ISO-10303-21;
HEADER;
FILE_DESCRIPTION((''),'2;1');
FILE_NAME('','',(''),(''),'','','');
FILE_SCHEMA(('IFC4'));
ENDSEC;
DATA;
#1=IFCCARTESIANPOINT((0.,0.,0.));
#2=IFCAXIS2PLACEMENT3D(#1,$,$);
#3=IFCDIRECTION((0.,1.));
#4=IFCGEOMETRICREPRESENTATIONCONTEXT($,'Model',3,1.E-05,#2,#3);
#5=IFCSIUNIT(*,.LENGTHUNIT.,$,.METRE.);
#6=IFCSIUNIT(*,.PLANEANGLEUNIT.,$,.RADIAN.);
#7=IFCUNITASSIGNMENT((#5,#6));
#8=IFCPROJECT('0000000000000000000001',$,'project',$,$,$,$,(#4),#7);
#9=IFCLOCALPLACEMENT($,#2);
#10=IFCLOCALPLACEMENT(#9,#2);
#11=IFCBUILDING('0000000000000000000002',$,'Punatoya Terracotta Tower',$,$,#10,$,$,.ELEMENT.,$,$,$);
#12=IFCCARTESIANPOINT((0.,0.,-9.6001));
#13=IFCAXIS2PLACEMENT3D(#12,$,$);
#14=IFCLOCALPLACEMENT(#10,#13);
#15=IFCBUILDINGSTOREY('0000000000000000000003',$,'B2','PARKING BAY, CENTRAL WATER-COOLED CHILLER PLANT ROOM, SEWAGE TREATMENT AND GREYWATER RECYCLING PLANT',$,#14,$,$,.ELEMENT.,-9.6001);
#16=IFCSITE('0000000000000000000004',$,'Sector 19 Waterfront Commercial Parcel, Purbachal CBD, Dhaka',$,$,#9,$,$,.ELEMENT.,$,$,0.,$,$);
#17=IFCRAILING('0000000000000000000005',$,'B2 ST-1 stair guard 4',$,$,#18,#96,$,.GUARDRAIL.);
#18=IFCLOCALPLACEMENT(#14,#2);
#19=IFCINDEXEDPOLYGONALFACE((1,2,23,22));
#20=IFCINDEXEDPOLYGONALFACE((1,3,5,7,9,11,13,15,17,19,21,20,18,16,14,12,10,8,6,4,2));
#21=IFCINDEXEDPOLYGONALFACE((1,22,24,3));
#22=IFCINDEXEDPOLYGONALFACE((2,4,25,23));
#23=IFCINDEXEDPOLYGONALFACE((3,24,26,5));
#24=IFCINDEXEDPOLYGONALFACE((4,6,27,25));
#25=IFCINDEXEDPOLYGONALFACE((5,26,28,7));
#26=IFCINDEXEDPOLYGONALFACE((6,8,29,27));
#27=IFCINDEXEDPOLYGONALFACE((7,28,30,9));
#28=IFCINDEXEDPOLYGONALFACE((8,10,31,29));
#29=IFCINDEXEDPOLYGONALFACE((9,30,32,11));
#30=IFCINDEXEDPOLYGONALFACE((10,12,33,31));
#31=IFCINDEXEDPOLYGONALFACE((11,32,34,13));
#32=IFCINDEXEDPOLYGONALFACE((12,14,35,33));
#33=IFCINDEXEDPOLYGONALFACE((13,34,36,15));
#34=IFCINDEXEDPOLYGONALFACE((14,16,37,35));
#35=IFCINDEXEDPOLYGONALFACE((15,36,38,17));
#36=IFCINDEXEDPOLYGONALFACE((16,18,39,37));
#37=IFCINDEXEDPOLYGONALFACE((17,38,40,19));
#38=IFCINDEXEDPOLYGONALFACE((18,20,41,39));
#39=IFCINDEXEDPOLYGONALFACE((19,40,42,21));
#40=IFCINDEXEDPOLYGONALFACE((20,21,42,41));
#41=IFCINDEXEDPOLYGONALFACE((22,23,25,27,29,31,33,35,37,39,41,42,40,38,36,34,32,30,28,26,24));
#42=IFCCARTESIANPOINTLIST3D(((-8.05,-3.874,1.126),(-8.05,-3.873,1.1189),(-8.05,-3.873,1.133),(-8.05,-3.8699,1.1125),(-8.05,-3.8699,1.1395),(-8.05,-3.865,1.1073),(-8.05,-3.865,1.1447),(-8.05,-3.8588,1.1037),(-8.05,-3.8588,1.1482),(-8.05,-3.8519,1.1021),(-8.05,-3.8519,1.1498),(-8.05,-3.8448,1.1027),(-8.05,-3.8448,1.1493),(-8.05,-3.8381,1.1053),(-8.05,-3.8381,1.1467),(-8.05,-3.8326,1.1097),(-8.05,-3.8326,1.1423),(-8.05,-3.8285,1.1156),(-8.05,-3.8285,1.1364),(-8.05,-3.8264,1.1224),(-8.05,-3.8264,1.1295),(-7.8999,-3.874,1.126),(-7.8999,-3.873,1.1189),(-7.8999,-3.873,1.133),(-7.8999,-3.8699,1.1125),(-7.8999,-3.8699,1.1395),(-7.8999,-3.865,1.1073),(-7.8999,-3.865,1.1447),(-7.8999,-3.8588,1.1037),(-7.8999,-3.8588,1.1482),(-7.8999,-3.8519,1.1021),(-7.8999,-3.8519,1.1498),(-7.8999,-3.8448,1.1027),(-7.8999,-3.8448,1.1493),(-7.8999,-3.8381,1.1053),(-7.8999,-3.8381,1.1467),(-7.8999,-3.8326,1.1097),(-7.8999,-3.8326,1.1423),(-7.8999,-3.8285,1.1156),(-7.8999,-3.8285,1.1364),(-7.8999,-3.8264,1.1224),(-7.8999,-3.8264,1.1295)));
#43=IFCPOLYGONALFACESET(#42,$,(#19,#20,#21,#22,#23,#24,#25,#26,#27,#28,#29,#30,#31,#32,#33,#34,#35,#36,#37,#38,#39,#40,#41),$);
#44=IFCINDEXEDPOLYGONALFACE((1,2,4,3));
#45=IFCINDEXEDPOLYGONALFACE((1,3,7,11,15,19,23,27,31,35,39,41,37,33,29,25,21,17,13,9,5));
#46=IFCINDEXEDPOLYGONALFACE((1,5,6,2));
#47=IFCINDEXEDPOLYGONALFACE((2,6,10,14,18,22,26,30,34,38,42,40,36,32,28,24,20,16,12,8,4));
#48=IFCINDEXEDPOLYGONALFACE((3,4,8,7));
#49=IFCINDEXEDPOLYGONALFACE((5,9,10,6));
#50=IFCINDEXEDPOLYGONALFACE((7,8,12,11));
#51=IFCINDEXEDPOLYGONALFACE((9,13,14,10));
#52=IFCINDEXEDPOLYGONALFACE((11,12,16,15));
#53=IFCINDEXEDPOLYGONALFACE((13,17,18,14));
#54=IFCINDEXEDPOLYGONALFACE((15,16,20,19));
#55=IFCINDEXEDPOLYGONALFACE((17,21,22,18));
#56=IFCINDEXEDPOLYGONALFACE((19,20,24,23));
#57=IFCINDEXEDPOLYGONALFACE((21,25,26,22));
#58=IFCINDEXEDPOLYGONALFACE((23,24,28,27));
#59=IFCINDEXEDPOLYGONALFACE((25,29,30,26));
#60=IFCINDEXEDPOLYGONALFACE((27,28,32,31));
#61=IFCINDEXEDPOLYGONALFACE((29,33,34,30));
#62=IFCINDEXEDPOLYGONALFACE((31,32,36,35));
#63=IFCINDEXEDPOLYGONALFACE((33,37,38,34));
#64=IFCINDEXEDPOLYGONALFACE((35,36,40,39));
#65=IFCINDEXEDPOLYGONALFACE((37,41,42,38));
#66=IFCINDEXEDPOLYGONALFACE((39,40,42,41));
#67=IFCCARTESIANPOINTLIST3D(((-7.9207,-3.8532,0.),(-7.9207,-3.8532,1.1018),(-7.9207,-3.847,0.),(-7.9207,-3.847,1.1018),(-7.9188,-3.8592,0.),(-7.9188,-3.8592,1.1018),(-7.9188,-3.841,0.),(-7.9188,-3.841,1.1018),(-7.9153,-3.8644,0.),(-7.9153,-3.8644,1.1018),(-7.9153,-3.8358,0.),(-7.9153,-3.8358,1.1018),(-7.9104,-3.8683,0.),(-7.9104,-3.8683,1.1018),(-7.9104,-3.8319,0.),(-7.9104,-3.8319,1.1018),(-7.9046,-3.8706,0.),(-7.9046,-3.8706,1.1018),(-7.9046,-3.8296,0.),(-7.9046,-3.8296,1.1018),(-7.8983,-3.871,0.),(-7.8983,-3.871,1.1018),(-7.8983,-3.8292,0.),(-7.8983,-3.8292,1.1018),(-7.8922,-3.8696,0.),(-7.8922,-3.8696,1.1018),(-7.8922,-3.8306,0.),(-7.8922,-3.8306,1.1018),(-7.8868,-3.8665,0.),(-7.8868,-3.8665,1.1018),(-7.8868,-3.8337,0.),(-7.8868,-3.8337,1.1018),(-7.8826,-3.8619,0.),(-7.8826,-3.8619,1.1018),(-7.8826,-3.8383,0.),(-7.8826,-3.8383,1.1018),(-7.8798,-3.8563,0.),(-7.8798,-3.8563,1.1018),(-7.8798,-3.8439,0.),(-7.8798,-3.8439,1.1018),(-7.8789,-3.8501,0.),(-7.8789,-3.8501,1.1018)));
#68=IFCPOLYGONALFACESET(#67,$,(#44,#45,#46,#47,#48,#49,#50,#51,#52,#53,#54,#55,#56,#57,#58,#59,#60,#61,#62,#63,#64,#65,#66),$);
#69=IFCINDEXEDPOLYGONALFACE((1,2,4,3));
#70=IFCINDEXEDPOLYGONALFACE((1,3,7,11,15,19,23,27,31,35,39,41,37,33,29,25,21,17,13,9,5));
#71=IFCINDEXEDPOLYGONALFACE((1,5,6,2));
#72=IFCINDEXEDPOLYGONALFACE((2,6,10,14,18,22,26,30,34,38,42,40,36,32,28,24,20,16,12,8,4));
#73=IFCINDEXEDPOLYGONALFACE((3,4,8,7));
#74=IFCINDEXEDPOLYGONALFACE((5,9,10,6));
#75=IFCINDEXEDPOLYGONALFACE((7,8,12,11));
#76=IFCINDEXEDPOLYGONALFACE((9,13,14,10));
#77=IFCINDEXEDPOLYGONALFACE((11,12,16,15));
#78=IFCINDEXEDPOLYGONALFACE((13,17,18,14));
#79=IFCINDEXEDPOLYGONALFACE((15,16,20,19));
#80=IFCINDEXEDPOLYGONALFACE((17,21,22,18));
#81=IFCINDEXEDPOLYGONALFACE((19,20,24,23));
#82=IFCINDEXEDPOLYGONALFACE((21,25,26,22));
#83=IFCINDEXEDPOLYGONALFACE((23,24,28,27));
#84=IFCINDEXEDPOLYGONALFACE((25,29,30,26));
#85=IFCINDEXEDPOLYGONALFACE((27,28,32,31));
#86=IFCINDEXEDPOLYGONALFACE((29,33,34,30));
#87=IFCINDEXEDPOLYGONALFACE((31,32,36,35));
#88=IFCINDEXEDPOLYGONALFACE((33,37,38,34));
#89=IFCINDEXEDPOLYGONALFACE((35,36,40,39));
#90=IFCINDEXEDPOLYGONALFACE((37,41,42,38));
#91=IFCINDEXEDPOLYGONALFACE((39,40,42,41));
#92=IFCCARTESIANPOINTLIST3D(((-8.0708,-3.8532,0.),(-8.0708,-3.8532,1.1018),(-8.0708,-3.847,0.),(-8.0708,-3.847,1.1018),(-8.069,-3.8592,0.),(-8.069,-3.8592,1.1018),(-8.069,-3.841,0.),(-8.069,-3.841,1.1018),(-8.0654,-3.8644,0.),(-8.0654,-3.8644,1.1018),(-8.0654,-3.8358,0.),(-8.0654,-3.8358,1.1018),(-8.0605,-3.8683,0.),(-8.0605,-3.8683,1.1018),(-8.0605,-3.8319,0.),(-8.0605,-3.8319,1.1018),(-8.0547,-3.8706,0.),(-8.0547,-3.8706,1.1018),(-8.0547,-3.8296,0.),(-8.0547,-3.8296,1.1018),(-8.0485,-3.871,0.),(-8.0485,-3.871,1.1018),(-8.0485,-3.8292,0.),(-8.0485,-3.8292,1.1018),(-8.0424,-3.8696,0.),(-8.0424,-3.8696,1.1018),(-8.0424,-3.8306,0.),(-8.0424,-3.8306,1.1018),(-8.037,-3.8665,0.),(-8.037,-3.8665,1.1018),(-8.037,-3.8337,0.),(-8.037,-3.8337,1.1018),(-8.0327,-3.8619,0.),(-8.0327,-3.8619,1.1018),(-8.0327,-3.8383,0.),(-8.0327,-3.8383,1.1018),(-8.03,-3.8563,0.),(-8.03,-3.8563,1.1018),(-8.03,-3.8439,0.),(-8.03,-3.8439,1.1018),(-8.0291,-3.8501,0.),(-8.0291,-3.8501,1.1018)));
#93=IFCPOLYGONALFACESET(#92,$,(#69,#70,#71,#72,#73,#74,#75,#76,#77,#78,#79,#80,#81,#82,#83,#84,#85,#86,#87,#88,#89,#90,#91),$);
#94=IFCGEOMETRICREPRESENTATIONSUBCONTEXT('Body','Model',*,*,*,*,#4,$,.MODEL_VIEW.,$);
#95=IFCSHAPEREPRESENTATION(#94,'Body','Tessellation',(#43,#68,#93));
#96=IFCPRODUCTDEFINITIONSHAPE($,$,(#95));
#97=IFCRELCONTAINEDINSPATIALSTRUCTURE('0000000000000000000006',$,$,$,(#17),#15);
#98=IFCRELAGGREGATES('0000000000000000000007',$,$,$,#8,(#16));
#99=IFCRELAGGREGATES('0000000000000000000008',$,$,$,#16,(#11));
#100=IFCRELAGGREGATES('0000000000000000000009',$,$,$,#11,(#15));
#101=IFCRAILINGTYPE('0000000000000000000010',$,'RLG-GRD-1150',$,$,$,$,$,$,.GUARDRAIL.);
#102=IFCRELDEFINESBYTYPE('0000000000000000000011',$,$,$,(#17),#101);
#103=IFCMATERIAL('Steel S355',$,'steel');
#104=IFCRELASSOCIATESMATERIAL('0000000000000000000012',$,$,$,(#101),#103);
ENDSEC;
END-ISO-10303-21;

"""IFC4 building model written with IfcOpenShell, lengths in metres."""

from ifc_helpers import new_model, si_unit, direction, frame, origin, origin_2d, place, context, subcontext, project, spatial, circle, extrude, material, type_object, element, save


model = new_model("IFC4")

# Units and contexts
model_context = context("Model", 3, precision=1e-05, world=origin(), true_north=direction((0.0, 1.0)))
body_context = subcontext(model_context, "Body", "Model", "MODEL_VIEW")
ifc_project = project(units=[si_unit("LENGTHUNIT", "METRE"), si_unit("PLANEANGLEUNIT", "RADIAN")], contexts=[model_context])

# Site, building, storey
site_placement = place(None, origin())
site = spatial("IfcSite", under=ifc_project, at=site_placement, Name="Sector 19 Waterfront Commercial Parcel, Purbachal CBD, Dhaka", CompositionType="ELEMENT", RefElevation=0.0)
building_placement = place(site_placement, origin())
building = spatial("IfcBuilding", under=site, at=building_placement, Name="Punatoya Terracotta Tower", CompositionType="ELEMENT")
storey_placement = place(building_placement, frame((0.0, 0.0, -9.6001)))
storey = spatial("IfcBuildingStorey", under=building, at=storey_placement, Name="B2", Description="PARKING BAY, CENTRAL WATER-COOLED CHILLER PLANT ROOM, SEWAGE TREATMENT AND GREYWATER RECYCLING PLANT", CompositionType="ELEMENT", Elevation=-9.6001)

# Railing
ifc_material_1 = material(Name="Steel S355", Category="steel")
railing_type_1 = type_object("IfcRailingType", Name="RLG-GRD-1150", PredefinedType="GUARDRAIL", material=ifc_material_1)
railing_1_placement = place(storey_placement, frame((-7.8999, -3.8501, 0.0)))
element("IfcRailing", 1, at=railing_1_placement, inside=storey, type_object=railing_type_1, Name="B2 ST-1 stair guard 4", PredefinedType="GUARDRAIL", context=body_context, shape_type="SweptSolid", body=[
    extrude(circle(Radius=0.0239, at=origin_2d()), frame((0.0, 0.0, 1.126), z_axis=(-1.0, 0.0, 0.0), x_axis=(0.0, -1.0, 0.0)), (0.0, 0.0, 1.0), 0.1501),
    extrude(circle(Radius=0.021, at=origin_2d()), origin(), (0.0, 0.0, 1.0), 1.1018),
    extrude(circle(Radius=0.021, at=origin_2d()), frame((-0.1501, 0.0, 0.0)), (0.0, 0.0, 1.0), 1.1018),
])

save(model, "model.ifc")
